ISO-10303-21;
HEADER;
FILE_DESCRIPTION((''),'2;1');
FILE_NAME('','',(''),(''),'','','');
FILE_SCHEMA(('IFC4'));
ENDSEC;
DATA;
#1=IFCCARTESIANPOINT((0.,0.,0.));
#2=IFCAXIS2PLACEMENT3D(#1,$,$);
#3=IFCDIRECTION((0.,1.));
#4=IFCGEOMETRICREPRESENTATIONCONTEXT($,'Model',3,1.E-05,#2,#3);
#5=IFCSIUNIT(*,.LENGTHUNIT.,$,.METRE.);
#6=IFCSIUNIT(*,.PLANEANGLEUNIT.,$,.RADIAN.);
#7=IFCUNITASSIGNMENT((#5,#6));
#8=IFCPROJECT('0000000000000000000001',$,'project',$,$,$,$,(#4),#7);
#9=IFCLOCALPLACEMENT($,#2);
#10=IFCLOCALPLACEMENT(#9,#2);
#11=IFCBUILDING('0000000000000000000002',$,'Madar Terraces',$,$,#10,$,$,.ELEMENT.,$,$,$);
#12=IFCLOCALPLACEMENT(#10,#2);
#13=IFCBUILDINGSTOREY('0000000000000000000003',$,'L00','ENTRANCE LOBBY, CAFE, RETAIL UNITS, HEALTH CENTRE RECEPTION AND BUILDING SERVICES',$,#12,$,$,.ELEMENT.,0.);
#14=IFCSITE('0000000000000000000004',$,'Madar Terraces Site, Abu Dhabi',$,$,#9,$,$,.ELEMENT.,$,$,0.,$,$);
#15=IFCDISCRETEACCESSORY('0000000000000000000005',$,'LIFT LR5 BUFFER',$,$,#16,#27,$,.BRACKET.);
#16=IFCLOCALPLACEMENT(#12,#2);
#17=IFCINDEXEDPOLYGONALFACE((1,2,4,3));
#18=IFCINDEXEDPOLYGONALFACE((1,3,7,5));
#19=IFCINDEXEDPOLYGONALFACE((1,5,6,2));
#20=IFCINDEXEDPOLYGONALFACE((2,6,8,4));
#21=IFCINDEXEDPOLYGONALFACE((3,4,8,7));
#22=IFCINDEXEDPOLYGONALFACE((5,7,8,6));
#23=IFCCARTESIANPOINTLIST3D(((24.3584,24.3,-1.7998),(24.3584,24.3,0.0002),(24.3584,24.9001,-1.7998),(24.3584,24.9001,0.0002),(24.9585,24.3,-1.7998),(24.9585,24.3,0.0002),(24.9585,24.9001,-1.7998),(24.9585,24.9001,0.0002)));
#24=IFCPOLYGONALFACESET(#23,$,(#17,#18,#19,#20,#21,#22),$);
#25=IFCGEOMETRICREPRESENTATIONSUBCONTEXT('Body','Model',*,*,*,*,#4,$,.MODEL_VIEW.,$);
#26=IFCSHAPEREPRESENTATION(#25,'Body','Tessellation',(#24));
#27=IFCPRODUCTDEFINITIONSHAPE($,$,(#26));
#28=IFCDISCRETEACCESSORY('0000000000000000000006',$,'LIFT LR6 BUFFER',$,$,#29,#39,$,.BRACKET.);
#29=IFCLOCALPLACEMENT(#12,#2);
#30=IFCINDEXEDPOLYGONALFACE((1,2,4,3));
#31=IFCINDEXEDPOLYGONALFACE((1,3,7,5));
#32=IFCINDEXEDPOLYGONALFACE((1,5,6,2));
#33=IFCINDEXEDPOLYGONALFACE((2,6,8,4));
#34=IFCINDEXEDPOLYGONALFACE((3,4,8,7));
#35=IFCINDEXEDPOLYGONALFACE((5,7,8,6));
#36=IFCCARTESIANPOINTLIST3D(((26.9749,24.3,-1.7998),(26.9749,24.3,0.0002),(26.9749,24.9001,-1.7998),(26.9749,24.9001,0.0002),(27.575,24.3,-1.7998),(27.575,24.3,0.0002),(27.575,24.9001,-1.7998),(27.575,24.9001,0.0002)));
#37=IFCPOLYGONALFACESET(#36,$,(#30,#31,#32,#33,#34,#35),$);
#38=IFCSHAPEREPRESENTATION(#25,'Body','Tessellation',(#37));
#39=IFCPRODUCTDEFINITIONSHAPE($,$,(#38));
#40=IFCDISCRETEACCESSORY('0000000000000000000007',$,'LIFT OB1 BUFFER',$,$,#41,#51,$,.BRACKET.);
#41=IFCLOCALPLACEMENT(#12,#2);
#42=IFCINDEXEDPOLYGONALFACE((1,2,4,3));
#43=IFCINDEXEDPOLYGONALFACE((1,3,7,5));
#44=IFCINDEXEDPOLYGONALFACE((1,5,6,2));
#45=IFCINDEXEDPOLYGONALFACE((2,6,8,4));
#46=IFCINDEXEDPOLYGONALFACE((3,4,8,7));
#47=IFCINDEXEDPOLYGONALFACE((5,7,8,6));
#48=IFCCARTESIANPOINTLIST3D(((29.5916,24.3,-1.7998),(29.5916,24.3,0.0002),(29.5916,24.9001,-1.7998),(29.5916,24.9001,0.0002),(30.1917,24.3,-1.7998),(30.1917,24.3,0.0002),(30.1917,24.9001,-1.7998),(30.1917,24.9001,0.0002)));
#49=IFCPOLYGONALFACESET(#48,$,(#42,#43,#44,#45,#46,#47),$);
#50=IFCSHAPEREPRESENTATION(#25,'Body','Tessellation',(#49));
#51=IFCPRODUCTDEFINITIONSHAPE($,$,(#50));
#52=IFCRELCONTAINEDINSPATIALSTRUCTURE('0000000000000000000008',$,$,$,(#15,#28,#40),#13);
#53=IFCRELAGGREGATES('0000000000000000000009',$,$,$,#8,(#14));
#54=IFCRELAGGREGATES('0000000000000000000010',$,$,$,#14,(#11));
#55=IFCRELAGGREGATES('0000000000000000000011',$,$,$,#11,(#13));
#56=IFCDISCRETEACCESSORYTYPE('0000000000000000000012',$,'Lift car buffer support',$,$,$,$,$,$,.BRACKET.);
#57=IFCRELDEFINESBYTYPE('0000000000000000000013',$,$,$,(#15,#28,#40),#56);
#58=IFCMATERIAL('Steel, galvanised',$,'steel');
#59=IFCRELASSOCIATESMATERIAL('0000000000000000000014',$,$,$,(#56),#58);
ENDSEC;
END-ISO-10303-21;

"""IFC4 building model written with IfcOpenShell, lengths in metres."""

from ifc_helpers import new_model, si_unit, direction, frame, origin, origin_2d, place, context, subcontext, project, spatial, rectangle, extrude, material, type_object, element, save


model = new_model("IFC4")

# Units and contexts
model_context = context("Model", 3, precision=1e-05, world=origin(), true_north=direction((0.0, 1.0)))
body_context = subcontext(model_context, "Body", "Model", "MODEL_VIEW")
ifc_project = project(units=[si_unit("LENGTHUNIT", "METRE"), si_unit("PLANEANGLEUNIT", "RADIAN")], contexts=[model_context])

# Site, building, storey
site_placement = place(None, origin())
site = spatial("IfcSite", under=ifc_project, at=site_placement, Name="Madar Terraces Site, Abu Dhabi", CompositionType="ELEMENT", RefElevation=0.0)
building_placement = place(site_placement, origin())
building = spatial("IfcBuilding", under=site, at=building_placement, Name="Madar Terraces", CompositionType="ELEMENT")
storey_placement = place(building_placement, origin())
storey = spatial("IfcBuildingStorey", under=building, at=storey_placement, Name="L00", Description="ENTRANCE LOBBY, CAFE, RETAIL UNITS, HEALTH CENTRE RECEPTION AND BUILDING SERVICES", CompositionType="ELEMENT", Elevation=0.0)

# Discrete accessories
ifc_material_1 = material(Name="Steel, galvanised", Category="steel")
discrete_accessory_type = type_object("IfcDiscreteAccessoryType", Name="Lift car buffer support", PredefinedType="BRACKET", material=ifc_material_1)
for number, where, z_axis, x_axis, name in (
    (1, (24.6584, 24.6001, -1.7998), (0.0, 0.0, 1.0), (1.0, 0.0, 0.0), "LIFT LR5 BUFFER"),
    (2, (27.2749, 24.6001, -1.7998), (0.0, 0.0, 1.0), (1.0, 0.0, 0.0), "LIFT LR6 BUFFER"),
    (3, (29.8916, 24.6001, -1.7998), (0.0, 0.0, 1.0), (1.0, 0.0, 0.0), "LIFT OB1 BUFFER"),
):
    element("IfcDiscreteAccessory", number, at=place(storey_placement, frame(where, z_axis=z_axis, x_axis=x_axis)), inside=storey, type_object=discrete_accessory_type, Name=name, PredefinedType="BRACKET", context=body_context, shape_type="SweptSolid", body=[
        extrude(rectangle(XDim=0.6001, YDim=0.6001, at=origin_2d()), origin(), (0.0, 0.0, 1.0), 1.8),
    ])

save(model, "model.ifc")
